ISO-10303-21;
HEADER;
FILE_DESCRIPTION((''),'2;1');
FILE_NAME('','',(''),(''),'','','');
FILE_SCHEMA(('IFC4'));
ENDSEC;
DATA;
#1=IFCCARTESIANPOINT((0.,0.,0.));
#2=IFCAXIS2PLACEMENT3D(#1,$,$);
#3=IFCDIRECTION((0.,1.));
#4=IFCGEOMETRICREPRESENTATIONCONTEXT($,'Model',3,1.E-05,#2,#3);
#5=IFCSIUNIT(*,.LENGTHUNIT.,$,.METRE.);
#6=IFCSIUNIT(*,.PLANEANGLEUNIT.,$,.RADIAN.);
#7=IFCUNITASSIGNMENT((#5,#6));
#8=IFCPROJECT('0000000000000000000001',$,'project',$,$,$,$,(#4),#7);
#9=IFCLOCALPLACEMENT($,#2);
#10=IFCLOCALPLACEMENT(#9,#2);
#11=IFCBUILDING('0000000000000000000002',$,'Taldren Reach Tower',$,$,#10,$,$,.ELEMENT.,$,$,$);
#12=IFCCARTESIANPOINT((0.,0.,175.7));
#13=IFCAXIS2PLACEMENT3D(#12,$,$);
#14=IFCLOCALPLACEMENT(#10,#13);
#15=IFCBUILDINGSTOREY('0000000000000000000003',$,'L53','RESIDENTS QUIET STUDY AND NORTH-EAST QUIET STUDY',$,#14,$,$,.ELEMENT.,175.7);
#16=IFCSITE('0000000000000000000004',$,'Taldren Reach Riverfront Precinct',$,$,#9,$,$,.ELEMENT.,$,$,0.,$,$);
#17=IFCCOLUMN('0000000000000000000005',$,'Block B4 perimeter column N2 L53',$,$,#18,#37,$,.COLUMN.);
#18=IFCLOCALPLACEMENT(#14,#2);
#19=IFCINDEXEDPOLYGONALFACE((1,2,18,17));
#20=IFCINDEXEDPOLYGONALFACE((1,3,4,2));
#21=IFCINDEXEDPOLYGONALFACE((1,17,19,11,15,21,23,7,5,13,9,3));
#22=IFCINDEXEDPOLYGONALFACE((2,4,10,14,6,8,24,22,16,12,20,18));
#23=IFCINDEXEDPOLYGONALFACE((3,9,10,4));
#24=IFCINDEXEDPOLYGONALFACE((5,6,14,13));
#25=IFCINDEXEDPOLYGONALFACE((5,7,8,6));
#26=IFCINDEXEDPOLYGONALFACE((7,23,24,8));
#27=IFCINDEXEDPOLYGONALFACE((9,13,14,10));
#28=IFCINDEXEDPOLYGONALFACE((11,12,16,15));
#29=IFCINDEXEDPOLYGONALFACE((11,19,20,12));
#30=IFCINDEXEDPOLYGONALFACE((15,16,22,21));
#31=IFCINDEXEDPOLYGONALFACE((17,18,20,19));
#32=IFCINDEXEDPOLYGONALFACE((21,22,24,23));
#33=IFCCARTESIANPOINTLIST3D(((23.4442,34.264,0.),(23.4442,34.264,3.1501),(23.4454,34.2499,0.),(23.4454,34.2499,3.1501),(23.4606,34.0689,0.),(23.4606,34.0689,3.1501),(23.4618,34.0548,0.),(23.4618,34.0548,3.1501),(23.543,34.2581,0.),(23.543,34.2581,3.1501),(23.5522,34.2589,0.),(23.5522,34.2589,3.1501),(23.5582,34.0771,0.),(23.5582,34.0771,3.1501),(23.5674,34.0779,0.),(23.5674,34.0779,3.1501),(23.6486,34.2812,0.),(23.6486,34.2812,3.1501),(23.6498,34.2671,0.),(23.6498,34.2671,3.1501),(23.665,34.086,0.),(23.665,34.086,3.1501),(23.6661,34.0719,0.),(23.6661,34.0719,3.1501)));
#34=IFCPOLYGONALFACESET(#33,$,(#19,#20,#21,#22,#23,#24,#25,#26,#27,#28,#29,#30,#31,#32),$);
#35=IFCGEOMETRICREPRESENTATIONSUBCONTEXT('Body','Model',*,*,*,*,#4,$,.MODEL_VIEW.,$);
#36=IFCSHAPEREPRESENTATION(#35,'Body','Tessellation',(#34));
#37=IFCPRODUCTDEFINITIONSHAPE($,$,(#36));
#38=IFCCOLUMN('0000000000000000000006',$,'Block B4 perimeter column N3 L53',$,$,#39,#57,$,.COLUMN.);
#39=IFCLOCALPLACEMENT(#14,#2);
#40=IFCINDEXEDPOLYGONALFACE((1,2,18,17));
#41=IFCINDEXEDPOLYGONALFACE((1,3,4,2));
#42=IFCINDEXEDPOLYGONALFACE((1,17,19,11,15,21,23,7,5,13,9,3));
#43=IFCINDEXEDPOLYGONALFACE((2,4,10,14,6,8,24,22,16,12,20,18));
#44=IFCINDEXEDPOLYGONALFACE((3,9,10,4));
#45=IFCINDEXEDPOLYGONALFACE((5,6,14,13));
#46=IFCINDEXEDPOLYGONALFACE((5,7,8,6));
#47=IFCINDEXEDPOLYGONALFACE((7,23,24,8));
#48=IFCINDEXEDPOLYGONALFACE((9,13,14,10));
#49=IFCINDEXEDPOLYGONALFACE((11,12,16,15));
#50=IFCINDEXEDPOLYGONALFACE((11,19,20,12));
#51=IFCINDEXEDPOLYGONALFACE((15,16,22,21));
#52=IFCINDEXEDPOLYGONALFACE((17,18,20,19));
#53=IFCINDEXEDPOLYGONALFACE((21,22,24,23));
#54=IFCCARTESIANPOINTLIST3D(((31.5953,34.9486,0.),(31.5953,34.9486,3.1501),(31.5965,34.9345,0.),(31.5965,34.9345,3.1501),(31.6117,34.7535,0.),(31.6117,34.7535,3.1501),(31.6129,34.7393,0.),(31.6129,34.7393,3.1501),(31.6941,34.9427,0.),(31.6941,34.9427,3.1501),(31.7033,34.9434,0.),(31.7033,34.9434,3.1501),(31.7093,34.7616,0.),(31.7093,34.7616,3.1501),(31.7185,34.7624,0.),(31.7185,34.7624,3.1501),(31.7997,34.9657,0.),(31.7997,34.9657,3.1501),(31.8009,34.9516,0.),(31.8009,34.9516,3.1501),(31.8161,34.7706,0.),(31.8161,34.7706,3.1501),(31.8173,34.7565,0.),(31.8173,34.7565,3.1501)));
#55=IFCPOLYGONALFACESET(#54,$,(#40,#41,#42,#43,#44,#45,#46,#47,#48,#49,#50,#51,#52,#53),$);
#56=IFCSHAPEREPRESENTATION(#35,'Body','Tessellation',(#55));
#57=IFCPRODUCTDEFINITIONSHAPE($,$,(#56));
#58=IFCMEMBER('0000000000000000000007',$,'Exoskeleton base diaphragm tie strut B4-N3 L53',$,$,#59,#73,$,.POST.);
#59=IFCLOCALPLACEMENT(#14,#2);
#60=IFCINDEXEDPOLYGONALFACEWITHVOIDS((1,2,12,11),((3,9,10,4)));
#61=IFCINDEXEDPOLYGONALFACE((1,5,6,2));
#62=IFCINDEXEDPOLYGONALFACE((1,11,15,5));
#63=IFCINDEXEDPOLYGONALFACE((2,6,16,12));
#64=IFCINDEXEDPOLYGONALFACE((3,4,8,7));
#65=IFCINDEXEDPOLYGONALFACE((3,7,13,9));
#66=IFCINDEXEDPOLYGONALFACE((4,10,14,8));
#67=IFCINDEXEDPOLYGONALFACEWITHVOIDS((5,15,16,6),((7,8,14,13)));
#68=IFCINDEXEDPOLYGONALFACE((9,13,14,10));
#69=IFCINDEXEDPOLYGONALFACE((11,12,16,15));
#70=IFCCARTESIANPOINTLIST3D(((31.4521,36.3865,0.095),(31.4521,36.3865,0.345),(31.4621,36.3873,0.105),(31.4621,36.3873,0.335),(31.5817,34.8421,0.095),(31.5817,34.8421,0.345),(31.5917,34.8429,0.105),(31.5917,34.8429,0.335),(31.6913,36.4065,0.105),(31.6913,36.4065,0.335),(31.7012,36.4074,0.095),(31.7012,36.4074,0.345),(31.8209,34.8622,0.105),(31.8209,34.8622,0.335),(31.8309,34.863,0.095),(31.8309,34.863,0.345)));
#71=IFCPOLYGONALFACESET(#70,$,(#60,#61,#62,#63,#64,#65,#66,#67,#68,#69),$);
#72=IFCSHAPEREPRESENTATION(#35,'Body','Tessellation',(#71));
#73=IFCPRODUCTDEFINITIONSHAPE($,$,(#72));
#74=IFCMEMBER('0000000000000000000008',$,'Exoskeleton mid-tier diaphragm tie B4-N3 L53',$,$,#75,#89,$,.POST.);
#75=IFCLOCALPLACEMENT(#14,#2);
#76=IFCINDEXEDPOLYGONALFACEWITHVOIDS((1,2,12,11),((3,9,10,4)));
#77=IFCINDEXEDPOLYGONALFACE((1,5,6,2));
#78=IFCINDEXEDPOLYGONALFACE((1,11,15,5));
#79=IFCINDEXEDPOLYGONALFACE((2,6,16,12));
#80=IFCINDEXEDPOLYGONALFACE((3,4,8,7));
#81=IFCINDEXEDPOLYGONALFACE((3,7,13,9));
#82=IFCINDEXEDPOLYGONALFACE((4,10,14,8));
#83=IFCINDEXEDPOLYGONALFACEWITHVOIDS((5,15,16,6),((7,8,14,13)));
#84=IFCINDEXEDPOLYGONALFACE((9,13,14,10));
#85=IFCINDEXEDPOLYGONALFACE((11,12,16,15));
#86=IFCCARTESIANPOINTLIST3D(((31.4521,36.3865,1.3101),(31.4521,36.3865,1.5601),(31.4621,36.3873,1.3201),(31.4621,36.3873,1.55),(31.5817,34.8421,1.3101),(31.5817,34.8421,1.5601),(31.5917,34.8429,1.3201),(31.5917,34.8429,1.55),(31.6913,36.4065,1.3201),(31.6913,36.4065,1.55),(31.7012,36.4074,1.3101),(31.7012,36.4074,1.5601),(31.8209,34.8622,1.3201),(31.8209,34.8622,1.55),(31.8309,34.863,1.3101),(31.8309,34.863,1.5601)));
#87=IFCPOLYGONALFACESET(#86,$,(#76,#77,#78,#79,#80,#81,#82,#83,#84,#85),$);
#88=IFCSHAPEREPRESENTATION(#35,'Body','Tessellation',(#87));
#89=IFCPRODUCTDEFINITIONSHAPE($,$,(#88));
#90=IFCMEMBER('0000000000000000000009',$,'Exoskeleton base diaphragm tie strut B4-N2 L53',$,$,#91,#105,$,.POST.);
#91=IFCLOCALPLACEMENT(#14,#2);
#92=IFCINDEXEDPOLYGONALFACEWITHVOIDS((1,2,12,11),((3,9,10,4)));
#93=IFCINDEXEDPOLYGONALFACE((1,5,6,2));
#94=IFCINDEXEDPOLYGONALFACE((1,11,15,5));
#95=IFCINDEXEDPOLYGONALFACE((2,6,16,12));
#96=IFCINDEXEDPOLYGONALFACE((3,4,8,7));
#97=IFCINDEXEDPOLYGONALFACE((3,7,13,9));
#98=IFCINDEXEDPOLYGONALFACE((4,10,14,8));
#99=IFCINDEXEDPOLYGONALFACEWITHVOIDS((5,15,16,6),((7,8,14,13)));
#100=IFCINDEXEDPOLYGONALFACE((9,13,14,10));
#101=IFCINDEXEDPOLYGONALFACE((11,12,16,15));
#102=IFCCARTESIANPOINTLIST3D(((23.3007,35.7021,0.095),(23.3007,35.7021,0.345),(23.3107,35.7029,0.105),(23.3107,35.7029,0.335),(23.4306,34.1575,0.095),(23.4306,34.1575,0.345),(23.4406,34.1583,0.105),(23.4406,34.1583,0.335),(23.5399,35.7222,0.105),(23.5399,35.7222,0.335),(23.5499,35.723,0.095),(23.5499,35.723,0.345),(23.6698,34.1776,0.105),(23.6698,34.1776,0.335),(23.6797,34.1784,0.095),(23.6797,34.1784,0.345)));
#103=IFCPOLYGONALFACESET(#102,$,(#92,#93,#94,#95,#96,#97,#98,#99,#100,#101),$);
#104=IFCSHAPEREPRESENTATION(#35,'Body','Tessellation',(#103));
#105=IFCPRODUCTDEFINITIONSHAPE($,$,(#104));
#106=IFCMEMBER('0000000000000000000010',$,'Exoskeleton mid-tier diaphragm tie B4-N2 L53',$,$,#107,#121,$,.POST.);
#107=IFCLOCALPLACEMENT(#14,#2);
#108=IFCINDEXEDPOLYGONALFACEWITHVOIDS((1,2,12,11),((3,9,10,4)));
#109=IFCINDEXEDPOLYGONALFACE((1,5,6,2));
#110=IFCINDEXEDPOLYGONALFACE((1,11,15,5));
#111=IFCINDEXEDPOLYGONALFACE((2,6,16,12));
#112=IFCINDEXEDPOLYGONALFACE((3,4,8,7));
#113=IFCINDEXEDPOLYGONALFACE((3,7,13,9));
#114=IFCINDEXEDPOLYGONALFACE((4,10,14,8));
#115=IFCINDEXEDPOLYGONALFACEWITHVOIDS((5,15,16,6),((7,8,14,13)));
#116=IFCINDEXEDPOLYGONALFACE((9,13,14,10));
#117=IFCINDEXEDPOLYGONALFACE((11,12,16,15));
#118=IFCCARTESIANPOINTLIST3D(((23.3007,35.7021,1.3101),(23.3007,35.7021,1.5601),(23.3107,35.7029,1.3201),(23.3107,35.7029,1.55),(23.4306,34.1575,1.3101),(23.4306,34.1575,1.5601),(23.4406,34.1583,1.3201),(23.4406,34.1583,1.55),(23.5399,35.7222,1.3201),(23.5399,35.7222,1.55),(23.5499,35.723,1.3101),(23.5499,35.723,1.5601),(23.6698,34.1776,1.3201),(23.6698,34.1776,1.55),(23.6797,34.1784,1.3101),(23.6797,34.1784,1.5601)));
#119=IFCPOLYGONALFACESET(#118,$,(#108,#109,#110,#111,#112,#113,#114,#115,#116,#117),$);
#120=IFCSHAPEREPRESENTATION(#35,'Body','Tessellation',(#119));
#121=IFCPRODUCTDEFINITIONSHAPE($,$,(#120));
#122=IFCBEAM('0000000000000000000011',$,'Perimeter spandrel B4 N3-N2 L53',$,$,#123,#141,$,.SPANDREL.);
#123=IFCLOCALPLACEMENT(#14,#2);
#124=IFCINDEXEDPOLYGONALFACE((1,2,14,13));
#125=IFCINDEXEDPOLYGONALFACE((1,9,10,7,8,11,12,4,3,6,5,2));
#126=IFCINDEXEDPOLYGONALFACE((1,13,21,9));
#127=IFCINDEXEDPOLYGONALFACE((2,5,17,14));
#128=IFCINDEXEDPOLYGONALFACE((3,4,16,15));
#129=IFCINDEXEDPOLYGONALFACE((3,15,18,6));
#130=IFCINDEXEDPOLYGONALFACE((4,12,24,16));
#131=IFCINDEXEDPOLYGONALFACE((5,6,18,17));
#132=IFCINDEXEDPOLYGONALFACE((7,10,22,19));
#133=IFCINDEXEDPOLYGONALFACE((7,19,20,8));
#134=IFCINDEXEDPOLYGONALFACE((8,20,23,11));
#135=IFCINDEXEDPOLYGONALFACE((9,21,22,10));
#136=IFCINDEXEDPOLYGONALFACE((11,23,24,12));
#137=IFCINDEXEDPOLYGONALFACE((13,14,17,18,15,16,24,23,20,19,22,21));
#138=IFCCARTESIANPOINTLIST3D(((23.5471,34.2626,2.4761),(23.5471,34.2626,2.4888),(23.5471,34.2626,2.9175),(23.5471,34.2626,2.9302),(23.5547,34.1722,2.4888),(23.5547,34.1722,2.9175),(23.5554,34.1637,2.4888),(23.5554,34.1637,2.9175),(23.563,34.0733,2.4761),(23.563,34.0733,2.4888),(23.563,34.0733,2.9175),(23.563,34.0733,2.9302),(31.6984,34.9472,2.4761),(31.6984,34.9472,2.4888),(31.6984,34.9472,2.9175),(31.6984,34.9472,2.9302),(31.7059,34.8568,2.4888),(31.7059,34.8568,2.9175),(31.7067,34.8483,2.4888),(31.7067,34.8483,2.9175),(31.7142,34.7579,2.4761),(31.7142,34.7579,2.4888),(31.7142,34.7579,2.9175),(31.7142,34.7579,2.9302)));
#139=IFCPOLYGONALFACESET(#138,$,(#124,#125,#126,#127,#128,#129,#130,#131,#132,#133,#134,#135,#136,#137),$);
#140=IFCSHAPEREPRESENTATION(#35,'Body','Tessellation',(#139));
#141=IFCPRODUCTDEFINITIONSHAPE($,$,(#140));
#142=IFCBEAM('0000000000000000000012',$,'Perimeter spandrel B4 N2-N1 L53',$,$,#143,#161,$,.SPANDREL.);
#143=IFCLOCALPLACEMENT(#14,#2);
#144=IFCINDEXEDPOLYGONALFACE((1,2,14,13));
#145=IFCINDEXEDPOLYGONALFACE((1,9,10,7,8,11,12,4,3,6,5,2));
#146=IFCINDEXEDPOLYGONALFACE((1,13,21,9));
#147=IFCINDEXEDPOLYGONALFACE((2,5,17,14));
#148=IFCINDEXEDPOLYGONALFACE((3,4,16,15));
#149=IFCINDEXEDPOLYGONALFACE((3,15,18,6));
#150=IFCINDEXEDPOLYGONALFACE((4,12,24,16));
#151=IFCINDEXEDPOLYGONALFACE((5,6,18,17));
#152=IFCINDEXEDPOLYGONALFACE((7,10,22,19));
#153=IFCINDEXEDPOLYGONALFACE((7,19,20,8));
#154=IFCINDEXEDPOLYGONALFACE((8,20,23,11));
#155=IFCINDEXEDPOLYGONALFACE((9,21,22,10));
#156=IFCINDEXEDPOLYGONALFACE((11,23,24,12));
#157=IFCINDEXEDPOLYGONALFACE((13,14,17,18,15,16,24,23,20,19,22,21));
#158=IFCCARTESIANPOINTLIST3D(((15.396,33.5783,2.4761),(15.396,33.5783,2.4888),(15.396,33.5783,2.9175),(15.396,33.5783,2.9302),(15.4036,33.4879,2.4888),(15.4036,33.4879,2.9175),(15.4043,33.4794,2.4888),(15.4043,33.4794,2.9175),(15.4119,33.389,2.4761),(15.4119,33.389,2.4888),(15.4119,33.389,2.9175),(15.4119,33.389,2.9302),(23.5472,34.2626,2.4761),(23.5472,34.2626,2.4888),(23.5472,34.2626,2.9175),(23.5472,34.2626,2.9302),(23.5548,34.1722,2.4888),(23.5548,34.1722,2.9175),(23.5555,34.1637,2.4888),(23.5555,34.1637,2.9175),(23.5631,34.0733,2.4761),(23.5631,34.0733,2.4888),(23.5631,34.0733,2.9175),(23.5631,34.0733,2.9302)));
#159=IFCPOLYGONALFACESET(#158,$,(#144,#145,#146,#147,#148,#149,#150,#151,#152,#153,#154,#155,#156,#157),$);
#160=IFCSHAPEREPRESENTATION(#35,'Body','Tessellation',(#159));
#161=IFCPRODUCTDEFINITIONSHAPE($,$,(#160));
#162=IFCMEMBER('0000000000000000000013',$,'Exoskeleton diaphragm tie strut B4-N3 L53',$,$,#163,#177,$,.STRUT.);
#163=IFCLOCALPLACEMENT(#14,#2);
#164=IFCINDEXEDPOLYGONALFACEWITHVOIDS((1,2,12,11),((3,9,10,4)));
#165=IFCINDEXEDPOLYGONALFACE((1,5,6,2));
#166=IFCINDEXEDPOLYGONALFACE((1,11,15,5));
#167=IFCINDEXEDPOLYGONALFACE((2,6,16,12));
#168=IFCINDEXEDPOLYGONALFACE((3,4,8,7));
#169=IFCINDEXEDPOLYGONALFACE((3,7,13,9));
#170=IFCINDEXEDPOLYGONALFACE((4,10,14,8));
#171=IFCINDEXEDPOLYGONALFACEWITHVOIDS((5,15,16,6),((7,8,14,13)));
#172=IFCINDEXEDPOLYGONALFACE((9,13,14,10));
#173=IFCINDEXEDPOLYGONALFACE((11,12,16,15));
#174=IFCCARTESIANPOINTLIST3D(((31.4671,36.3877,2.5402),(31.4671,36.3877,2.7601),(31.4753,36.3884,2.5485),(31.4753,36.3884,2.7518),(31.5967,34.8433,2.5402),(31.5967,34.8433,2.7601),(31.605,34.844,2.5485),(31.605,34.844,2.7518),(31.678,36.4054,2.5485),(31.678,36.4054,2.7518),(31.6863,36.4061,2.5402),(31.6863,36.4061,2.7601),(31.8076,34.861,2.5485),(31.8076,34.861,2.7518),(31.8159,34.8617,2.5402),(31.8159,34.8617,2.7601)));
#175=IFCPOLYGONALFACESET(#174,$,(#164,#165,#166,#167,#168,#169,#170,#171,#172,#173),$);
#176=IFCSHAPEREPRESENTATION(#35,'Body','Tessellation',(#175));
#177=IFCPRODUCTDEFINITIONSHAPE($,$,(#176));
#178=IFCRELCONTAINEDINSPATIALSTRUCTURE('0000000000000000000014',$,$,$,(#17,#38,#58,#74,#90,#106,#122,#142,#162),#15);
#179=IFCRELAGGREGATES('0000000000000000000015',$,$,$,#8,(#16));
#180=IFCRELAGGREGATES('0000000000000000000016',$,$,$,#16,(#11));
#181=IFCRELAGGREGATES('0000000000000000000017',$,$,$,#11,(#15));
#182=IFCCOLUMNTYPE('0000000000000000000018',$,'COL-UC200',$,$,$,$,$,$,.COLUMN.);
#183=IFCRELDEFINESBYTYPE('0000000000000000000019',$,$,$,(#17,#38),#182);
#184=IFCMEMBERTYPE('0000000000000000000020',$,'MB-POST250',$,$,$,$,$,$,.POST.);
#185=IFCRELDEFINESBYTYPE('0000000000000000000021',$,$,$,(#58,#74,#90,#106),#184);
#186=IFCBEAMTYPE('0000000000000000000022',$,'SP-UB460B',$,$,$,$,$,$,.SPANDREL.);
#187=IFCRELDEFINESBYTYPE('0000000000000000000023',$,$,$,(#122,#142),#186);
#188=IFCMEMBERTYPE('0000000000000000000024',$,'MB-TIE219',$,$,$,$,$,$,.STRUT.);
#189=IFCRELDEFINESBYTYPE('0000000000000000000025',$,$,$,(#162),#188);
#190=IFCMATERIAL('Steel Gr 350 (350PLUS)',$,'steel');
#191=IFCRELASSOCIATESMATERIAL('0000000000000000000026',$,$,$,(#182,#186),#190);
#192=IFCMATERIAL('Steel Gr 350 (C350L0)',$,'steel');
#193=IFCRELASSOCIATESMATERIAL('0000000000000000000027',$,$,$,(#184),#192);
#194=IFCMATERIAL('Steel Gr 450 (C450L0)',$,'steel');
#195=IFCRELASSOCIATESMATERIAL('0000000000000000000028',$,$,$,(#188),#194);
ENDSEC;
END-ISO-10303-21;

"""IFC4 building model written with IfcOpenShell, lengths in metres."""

from ifc_helpers import new_model, si_unit, direction, frame, origin, origin_2d, place, context, subcontext, project, spatial, hollow_rectangle, i_section, extrude, source, transform, mapped, material, material_profile, profile_set, type_object, element, save


model = new_model("IFC4")

# Units and contexts
model_context = context("Model", 3, precision=1e-05, world=origin(), true_north=direction((0.0, 1.0)))
body_context = subcontext(model_context, "Body", "Model", "MODEL_VIEW")
ifc_project = project(units=[si_unit("LENGTHUNIT", "METRE"), si_unit("PLANEANGLEUNIT", "RADIAN")], contexts=[model_context])

# Site, building, storey
site_placement = place(None, origin())
site = spatial("IfcSite", under=ifc_project, at=site_placement, Name="Taldren Reach Riverfront Precinct", CompositionType="ELEMENT", RefElevation=0.0)
building_placement = place(site_placement, origin())
building = spatial("IfcBuilding", under=site, at=building_placement, Name="Taldren Reach Tower", CompositionType="ELEMENT")
storey_placement = place(building_placement, frame((0.0, 0.0, 175.7)))
storey = spatial("IfcBuildingStorey", under=building, at=storey_placement, Name="L53", Description="RESIDENTS QUIET STUDY AND NORTH-EAST QUIET STUDY", CompositionType="ELEMENT", Elevation=175.7)

# Columns
ifc_material_1 = material(Name="Steel Gr 350 (350PLUS)", Category="steel")
ifc_material_profile_1 = material_profile(ifc_material_1, i_section(OverallWidth=0.2051, OverallDepth=0.21, WebThickness=0.0093, FlangeThickness=0.0142, at=origin_2d()), Name="200UC59.5")
ifc_profile_set_1 = profile_set([ifc_material_profile_1], Name="Steel Gr 350 (350PLUS)")
column_type = type_object("IfcColumnType", Name="COL-UC200", PredefinedType="COLUMN", material=ifc_profile_set_1)
shared_shape_1 = source(origin(), body_context, "Body", "SweptSolid", [
    extrude(i_section(OverallWidth=0.2051, OverallDepth=0.21, WebThickness=0.0093, FlangeThickness=0.0142, at=origin_2d()), origin(), (0.0, 0.0, 1.0), 3.1501),
])
for number, where, z_axis, x_axis, name in (
    (1, (23.5552, 34.168, 0.0), (0.0, 0.0, 1.0), (0.996493, 0.083678, 0.0), "Block B4 perimeter column N2 L53"),
    (2, (31.7063, 34.8525, 0.0), (0.0, 0.0, 1.0), (0.996493, 0.083678, 0.0), "Block B4 perimeter column N3 L53"),
):
    element("IfcColumn", number, at=place(storey_placement, frame(where, z_axis=z_axis, x_axis=x_axis)), inside=storey, type_object=column_type, Name=name, PredefinedType="COLUMN", context=body_context, shape_type="MappedRepresentation", body=[
        mapped(shared_shape_1, transform((0.0, 0.0, 0.0), scale=1.0)),
    ])

# Members
ifc_material_2 = material(Name="Steel Gr 350 (C350L0)", Category="steel")
ifc_material_profile_2 = material_profile(ifc_material_2, hollow_rectangle(XDim=0.25, YDim=0.25, WallThickness=0.01, at=origin_2d()), Name="250x250x10.0SHS")
ifc_profile_set_2 = profile_set([ifc_material_profile_2], Name="Steel Gr 350 (C350L0)")
member_type_1 = type_object("IfcMemberType", Name="MB-POST250", PredefinedType="POST", material=ifc_profile_set_2)
shared_shape_2 = source(origin(), body_context, "Body", "SweptSolid", [
    extrude(hollow_rectangle(XDim=0.25, YDim=0.25, WallThickness=0.01, at=origin_2d()), origin(), (0.0, 0.0, 1.0), 1.5498),
])
for number, where, z_axis, x_axis, name in (
    (3, (31.7063, 34.8525, 0.22), (-0.083645, 0.996496, 0.0), (-0.996496, -0.083645, 0.0), "Exoskeleton base diaphragm tie strut B4-N3 L53"),
    (4, (31.7063, 34.8525, 1.4351), (-0.083645, 0.996496, 0.0), (-0.996496, -0.083645, 0.0), "Exoskeleton mid-tier diaphragm tie B4-N3 L53"),
):
    element("IfcMember", number, at=place(storey_placement, frame(where, z_axis=z_axis, x_axis=x_axis)), inside=storey, type_object=member_type_1, Name=name, PredefinedType="POST", context=body_context, shape_type="MappedRepresentation", body=[
        mapped(shared_shape_2, transform((0.0, 0.0, 0.0), scale=1.0)),
    ])
shared_shape_3 = source(origin(), body_context, "Body", "SweptSolid", [
    extrude(hollow_rectangle(XDim=0.25, YDim=0.25, WallThickness=0.01, at=origin_2d()), origin(), (0.0, 0.0, 1.0), 1.55),
])
for number, where, z_axis, x_axis, name in (
    (5, (23.5552, 34.168, 0.22), (-0.083788, 0.996484, 0.0), (-0.996484, -0.083788, 0.0), "Exoskeleton base diaphragm tie strut B4-N2 L53"),
    (6, (23.5552, 34.168, 1.4351), (-0.083788, 0.996484, 0.0), (-0.996484, -0.083788, 0.0), "Exoskeleton mid-tier diaphragm tie B4-N2 L53"),
):
    element("IfcMember", number, at=place(storey_placement, frame(where, z_axis=z_axis, x_axis=x_axis)), inside=storey, type_object=member_type_1, Name=name, PredefinedType="POST", context=body_context, shape_type="MappedRepresentation", body=[
        mapped(shared_shape_3, transform((0.0, 0.0, 0.0), scale=1.0)),
    ])

# Beams
ifc_material_profile_3 = material_profile(ifc_material_1, i_section(OverallWidth=0.1899, OverallDepth=0.4541, WebThickness=0.0085, FlangeThickness=0.0127, at=origin_2d()), Name="460UB67.1")
ifc_profile_set_3 = profile_set([ifc_material_profile_3], Name="Steel Gr 350 (350PLUS)")
beam_type = type_object("IfcBeamType", Name="SP-UB460B", PredefinedType="SPANDREL", material=ifc_profile_set_3)
shared_shape_4 = source(origin(), body_context, "Body", "SweptSolid", [
    extrude(i_section(OverallWidth=0.1899, OverallDepth=0.4541, WebThickness=0.0085, FlangeThickness=0.0127, at=origin_2d()), origin(), (0.0, 0.0, 1.0), 8.1799),
])
for number, where, z_axis, x_axis, name in (
    (7, (31.7063, 34.8525, 2.7031), (-0.996492, -0.08369, 0.0), (0.08369, -0.996492, 0.0), "Perimeter spandrel B4 N3-N2 L53"),
    (8, (23.5552, 34.168, 2.7031), (-0.996495, -0.083658, 0.0), (0.083658, -0.996495, 0.0), "Perimeter spandrel B4 N2-N1 L53"),
):
    element("IfcBeam", number, at=place(storey_placement, frame(where, z_axis=z_axis, x_axis=x_axis)), inside=storey, type_object=beam_type, Name=name, PredefinedType="SPANDREL", context=body_context, shape_type="MappedRepresentation", body=[
        mapped(shared_shape_4, transform((0.0, 0.0, 0.0), scale=1.0)),
    ])

# Member
ifc_material_3 = material(Name="Steel Gr 450 (C450L0)", Category="steel")
ifc_material_profile_4 = material_profile(ifc_material_3, hollow_rectangle(XDim=0.22, YDim=0.22, WallThickness=0.0083, at=origin_2d()), Name="220x220x8.2SHS")
ifc_profile_set_4 = profile_set([ifc_material_profile_4], Name="Steel Gr 450 (C450L0)")
member_type_2 = type_object("IfcMemberType", Name="MB-TIE219", PredefinedType="STRUT", material=ifc_profile_set_4)
shared_shape_5 = source(origin(), body_context, "Body", "SweptSolid", [
    extrude(hollow_rectangle(XDim=0.22, YDim=0.22, WallThickness=0.0083, at=origin_2d()), origin(), (0.0, 0.0, 1.0), 1.5498),
])
member_1_placement = place(storey_placement, frame((31.7063, 34.8525, 2.6501), z_axis=(-0.083645, 0.996496, 0.0), x_axis=(-0.996496, -0.083645, 0.0)))
element("IfcMember", 9, at=member_1_placement, inside=storey, type_object=member_type_2, Name="Exoskeleton diaphragm tie strut B4-N3 L53", PredefinedType="STRUT", context=body_context, shape_type="MappedRepresentation", body=[
    mapped(shared_shape_5, transform((0.0, 0.0, 0.0), scale=1.0)),
])

save(model, "model.ifc")
